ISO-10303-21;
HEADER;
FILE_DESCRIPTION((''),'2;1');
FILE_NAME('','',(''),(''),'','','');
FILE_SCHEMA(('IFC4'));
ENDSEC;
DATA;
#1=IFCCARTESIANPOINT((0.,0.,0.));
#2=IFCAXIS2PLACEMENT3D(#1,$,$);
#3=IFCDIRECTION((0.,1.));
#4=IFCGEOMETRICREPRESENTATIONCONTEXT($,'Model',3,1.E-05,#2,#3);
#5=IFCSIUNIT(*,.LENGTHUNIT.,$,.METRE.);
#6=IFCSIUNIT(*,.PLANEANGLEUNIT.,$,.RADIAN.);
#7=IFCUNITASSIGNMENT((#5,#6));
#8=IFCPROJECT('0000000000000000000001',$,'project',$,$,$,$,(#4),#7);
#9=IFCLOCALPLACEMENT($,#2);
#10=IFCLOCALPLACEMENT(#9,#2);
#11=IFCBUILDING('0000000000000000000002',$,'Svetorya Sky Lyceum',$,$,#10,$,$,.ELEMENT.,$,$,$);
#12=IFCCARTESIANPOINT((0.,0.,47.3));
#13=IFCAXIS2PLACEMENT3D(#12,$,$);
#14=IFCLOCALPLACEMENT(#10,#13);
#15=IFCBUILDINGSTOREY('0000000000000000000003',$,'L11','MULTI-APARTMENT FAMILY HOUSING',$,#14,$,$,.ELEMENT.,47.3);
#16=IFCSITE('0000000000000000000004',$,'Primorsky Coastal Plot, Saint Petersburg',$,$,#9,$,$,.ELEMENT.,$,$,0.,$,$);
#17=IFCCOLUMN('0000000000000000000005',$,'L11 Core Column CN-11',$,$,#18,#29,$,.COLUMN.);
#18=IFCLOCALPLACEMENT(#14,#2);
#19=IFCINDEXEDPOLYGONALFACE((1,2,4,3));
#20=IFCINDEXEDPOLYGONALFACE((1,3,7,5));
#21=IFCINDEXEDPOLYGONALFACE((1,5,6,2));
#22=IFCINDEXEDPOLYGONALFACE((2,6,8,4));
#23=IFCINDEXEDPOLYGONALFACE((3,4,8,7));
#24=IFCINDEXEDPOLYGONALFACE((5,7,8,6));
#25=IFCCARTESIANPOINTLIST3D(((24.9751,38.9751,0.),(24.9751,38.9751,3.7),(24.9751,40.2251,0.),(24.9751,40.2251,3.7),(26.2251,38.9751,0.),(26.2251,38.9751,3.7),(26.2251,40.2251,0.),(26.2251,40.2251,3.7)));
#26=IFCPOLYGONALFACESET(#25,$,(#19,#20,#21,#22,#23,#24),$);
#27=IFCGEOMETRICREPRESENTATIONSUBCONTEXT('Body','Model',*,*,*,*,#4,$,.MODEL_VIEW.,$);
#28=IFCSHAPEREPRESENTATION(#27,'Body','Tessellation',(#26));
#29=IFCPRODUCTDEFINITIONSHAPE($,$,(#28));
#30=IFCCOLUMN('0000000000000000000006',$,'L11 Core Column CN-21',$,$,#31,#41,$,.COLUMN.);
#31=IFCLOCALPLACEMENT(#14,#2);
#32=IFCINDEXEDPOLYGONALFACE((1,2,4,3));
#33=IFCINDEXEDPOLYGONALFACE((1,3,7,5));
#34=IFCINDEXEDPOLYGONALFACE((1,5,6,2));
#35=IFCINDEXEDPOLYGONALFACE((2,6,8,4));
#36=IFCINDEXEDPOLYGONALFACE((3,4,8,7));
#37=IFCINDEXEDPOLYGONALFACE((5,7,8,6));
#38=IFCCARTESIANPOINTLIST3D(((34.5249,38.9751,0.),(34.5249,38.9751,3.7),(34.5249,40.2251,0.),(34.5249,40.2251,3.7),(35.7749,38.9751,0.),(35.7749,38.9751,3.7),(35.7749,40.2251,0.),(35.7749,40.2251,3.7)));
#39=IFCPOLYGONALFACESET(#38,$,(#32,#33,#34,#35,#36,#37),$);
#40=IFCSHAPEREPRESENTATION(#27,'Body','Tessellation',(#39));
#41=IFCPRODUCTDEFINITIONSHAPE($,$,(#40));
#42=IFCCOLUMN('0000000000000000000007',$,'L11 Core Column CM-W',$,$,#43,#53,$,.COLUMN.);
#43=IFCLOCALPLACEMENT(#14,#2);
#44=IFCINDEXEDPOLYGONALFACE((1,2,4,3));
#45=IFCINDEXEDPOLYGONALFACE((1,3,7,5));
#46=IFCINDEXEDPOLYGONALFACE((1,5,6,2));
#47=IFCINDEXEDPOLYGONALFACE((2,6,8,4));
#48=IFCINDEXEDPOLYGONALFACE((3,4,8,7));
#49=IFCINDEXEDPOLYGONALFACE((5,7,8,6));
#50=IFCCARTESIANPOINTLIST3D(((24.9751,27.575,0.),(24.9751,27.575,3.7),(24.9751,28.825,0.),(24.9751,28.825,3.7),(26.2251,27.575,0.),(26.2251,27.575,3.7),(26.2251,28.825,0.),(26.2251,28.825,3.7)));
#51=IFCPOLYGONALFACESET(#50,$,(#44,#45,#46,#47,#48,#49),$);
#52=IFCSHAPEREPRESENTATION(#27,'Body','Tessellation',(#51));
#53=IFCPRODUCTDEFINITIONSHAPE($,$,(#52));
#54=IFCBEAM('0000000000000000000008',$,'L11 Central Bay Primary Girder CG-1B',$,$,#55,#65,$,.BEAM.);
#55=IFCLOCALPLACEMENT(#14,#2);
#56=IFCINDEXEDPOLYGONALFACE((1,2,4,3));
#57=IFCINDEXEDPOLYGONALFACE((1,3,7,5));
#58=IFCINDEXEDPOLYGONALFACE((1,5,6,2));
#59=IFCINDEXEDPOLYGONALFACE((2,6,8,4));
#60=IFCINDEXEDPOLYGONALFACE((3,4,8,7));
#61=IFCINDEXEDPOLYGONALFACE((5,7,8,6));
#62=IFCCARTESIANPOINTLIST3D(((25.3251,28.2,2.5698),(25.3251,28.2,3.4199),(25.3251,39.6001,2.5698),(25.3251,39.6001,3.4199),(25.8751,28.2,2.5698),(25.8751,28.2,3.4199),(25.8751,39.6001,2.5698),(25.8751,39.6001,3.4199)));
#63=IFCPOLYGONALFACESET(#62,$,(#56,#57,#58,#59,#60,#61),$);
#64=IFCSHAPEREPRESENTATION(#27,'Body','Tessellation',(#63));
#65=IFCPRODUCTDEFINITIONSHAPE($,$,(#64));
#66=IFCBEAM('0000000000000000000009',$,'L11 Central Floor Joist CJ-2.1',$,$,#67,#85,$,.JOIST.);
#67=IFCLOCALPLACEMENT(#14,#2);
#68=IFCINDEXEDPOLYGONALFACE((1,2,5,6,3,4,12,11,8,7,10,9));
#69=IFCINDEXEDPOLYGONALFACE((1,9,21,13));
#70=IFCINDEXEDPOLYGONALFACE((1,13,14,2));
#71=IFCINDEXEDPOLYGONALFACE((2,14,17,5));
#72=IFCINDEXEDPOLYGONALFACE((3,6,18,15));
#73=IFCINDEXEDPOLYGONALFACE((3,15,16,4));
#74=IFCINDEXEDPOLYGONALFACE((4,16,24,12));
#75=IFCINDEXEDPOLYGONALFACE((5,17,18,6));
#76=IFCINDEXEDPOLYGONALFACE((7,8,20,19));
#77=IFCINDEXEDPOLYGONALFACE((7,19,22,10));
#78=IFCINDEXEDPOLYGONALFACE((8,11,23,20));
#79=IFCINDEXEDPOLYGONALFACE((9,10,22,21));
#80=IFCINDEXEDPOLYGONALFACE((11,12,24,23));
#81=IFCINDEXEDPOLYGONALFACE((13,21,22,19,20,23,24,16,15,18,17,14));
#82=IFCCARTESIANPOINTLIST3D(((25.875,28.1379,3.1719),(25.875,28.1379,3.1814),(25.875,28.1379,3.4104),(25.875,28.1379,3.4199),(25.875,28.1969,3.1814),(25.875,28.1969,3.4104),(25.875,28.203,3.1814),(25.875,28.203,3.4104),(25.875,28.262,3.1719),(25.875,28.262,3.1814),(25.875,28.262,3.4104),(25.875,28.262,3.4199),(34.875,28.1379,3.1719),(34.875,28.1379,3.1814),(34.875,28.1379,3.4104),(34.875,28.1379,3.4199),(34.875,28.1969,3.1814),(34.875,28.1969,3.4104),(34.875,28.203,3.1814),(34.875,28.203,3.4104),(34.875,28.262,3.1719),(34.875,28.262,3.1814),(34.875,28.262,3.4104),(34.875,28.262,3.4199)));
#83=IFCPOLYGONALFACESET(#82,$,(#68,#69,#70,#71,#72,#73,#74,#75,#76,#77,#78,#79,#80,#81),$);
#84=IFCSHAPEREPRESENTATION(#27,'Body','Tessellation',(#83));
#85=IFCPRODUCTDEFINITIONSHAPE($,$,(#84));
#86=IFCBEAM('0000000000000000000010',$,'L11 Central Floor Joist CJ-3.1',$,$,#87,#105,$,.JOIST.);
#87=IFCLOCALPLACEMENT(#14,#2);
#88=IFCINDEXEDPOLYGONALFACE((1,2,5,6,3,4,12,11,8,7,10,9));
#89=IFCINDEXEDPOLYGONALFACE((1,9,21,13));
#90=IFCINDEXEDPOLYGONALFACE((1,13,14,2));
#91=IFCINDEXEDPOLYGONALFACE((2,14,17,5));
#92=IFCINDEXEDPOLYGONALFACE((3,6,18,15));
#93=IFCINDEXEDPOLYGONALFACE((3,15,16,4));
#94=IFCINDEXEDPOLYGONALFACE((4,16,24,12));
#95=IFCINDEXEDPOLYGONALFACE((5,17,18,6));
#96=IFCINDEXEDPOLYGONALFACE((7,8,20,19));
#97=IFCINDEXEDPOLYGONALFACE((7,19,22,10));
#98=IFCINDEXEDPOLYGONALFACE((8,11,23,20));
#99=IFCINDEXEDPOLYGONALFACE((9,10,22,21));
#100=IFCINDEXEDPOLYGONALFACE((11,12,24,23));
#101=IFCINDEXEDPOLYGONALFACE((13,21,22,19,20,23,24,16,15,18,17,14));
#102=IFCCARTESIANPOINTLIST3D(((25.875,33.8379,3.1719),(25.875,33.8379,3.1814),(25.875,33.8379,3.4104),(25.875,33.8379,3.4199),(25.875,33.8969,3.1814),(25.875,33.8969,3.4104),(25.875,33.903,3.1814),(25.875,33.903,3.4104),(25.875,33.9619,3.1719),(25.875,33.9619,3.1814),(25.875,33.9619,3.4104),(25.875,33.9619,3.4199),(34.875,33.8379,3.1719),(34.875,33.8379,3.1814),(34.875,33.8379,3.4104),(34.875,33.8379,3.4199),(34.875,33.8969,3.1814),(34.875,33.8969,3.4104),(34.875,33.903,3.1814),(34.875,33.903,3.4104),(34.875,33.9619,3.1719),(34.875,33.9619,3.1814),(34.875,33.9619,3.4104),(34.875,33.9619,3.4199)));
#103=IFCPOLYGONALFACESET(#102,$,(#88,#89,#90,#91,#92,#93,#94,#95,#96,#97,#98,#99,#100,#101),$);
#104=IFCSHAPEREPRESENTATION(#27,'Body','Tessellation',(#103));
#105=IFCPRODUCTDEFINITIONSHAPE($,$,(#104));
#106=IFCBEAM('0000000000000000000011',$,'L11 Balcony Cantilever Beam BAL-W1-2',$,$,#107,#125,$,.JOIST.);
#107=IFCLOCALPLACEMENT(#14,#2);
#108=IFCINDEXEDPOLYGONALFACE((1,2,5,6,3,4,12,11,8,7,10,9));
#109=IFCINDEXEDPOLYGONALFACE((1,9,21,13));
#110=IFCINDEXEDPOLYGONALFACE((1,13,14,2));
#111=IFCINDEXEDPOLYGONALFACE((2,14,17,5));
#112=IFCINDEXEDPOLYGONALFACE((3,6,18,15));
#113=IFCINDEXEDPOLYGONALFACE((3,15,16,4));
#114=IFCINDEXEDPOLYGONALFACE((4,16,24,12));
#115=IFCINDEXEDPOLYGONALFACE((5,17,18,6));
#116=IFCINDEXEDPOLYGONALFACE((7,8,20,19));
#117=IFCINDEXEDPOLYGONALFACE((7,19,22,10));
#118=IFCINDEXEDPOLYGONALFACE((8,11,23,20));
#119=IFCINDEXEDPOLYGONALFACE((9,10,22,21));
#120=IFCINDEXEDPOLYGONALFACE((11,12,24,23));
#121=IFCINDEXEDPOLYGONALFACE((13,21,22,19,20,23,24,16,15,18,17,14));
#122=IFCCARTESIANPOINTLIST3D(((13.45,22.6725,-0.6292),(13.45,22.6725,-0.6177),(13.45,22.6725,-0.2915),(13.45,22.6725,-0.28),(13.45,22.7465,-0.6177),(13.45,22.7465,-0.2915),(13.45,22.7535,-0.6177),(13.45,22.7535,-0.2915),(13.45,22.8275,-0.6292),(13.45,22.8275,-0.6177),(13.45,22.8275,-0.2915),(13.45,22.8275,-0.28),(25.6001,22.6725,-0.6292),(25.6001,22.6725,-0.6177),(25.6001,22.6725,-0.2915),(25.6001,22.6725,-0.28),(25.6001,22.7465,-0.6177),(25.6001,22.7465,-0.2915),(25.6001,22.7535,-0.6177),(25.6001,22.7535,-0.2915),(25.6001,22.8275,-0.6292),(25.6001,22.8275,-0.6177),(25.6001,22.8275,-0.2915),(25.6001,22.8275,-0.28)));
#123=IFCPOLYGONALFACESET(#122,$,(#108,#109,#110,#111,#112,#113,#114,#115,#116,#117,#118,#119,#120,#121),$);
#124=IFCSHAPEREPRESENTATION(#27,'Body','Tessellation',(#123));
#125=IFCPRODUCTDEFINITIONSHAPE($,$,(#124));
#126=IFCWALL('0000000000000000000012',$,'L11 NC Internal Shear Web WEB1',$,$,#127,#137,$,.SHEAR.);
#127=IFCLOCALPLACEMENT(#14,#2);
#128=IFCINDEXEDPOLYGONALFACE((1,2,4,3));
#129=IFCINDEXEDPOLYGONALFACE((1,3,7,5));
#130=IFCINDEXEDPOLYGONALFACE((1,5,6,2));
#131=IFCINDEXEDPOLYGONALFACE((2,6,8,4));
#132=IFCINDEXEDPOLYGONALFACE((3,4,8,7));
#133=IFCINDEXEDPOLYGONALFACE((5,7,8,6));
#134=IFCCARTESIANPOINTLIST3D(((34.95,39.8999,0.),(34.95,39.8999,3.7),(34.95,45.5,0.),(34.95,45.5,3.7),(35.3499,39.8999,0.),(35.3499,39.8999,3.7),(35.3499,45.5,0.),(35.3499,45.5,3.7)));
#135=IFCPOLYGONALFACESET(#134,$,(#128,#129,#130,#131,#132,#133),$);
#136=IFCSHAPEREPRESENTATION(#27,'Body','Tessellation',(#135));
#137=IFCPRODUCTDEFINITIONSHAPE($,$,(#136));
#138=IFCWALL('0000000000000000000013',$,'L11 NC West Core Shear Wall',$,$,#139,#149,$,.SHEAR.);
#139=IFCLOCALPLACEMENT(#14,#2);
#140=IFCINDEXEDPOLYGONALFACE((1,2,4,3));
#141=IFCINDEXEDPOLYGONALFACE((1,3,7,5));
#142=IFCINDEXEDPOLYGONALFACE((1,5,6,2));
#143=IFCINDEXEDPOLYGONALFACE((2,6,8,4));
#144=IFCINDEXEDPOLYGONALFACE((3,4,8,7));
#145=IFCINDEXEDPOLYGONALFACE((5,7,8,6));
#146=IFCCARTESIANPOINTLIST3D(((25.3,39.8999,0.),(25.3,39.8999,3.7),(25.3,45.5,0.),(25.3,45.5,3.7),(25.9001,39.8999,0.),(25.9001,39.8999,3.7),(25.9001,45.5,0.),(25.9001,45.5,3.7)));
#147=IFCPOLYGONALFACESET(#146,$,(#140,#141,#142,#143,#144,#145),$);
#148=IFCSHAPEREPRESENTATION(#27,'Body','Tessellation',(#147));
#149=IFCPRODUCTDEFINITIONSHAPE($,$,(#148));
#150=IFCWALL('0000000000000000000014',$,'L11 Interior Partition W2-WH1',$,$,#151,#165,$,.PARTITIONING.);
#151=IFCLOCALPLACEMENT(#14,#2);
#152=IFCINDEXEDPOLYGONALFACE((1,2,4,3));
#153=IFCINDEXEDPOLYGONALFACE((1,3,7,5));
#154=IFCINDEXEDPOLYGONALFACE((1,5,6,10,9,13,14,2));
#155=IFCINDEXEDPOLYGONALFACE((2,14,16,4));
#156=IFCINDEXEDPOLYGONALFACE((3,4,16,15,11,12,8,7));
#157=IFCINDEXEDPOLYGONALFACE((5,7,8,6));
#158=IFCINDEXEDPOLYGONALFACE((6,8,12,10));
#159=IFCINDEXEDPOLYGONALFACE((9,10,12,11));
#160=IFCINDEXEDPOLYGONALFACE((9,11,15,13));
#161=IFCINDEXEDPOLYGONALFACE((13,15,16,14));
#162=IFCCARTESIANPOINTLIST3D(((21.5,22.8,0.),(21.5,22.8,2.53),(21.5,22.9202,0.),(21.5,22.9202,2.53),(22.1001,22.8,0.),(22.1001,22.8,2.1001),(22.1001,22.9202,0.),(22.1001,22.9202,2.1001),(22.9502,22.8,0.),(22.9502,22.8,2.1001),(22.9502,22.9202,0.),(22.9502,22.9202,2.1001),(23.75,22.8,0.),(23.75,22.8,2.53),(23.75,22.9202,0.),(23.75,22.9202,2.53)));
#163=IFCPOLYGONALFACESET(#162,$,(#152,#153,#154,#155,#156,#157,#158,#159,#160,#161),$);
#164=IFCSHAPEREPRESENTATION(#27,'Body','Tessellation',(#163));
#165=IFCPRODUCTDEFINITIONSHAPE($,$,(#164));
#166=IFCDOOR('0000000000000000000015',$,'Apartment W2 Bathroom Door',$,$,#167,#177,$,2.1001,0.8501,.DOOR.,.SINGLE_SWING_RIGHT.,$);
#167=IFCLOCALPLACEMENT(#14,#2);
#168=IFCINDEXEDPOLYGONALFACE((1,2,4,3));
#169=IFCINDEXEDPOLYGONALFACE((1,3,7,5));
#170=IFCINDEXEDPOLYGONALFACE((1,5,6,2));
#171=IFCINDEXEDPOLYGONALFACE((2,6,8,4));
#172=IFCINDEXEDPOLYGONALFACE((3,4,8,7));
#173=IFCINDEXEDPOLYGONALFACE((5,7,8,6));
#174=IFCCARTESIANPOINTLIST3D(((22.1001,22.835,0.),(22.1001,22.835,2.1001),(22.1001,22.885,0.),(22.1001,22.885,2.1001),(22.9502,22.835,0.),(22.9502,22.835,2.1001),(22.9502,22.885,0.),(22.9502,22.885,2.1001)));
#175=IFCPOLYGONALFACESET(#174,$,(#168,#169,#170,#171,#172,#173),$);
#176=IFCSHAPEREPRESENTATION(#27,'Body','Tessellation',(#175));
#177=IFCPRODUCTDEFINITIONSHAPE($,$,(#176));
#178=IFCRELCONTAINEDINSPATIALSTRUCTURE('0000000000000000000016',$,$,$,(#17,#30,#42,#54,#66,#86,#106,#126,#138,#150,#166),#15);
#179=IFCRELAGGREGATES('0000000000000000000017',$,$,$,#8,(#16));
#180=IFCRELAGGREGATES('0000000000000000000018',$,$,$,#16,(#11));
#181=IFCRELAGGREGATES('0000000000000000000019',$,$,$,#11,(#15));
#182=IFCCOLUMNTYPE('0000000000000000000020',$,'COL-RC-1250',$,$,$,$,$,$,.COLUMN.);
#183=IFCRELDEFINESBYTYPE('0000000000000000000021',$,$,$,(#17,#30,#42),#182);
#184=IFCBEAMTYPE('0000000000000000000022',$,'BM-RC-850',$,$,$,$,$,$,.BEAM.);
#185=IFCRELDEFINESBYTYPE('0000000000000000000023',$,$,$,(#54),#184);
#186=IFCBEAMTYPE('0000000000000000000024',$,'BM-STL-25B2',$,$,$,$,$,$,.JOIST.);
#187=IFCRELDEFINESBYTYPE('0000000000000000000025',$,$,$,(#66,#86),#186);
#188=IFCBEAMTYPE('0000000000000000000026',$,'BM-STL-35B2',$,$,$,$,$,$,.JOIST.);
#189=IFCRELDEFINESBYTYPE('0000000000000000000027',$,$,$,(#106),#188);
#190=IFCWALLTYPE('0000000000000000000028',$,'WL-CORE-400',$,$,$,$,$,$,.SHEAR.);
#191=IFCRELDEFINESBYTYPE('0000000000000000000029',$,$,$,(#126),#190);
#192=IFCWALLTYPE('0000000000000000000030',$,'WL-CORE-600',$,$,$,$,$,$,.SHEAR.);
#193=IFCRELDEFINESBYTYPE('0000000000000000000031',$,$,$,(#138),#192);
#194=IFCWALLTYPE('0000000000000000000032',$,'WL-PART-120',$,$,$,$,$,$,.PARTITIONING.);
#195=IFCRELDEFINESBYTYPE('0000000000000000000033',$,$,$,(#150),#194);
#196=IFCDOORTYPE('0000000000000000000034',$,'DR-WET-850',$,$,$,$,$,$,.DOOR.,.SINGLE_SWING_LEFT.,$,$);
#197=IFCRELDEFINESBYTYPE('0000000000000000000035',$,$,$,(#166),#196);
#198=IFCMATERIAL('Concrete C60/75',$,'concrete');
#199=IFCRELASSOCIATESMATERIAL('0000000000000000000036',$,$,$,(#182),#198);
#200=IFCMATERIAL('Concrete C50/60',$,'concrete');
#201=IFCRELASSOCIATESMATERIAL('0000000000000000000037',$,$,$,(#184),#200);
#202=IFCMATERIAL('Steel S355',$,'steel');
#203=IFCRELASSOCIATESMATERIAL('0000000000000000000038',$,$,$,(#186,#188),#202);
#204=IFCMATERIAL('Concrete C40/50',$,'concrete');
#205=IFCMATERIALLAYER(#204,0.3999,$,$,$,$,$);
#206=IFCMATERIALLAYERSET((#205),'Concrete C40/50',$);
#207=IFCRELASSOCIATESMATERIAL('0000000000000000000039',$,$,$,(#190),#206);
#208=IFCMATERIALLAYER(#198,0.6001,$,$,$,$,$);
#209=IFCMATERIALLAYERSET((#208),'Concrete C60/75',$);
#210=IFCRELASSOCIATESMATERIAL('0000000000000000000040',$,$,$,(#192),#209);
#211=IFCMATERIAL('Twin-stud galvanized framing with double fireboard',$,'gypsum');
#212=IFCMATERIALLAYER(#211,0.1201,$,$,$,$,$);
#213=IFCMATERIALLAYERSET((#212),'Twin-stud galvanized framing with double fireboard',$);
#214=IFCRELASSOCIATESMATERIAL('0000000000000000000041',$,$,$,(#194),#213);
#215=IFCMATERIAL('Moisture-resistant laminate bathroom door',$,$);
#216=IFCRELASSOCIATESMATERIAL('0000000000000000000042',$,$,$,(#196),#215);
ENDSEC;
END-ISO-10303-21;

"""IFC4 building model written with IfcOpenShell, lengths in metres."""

from ifc_helpers import new_model, si_unit, direction, frame, frame_2d, origin, origin_2d, place, context, subcontext, project, spatial, rectangle, i_section, extrude, material, layer, layer_set, material_profile, profile_set, type_object, element, fill, save


model = new_model("IFC4")

# Units and contexts
model_context = context("Model", 3, precision=1e-05, world=origin(), true_north=direction((0.0, 1.0)))
body_context = subcontext(model_context, "Body", "Model", "MODEL_VIEW")
ifc_project = project(units=[si_unit("LENGTHUNIT", "METRE"), si_unit("PLANEANGLEUNIT", "RADIAN")], contexts=[model_context])

# Site, building, storey
site_placement = place(None, origin())
site = spatial("IfcSite", under=ifc_project, at=site_placement, Name="Primorsky Coastal Plot, Saint Petersburg", CompositionType="ELEMENT", RefElevation=0.0)
building_placement = place(site_placement, origin())
building = spatial("IfcBuilding", under=site, at=building_placement, Name="Svetorya Sky Lyceum", CompositionType="ELEMENT")
storey_placement = place(building_placement, frame((0.0, 0.0, 47.3)))
storey = spatial("IfcBuildingStorey", under=building, at=storey_placement, Name="L11", Description="MULTI-APARTMENT FAMILY HOUSING", CompositionType="ELEMENT", Elevation=47.3)

# Columns
ifc_material_1 = material(Name="Concrete C60/75", Category="concrete")
ifc_material_profile_1 = material_profile(ifc_material_1, rectangle(XDim=1.25, YDim=1.25, at=origin_2d()), Name="RC COL 1250x1250")
ifc_profile_set_1 = profile_set([ifc_material_profile_1], Name="Concrete C60/75")
column_type = type_object("IfcColumnType", Name="COL-RC-1250", PredefinedType="COLUMN", material=ifc_profile_set_1)
for number, where, z_axis, x_axis, name in (
    (1, (25.6001, 39.6001, 0.0), (0.0, 0.0, 1.0), (1.0, 0.0, 0.0), "L11 Core Column CN-11"),
    (2, (35.1499, 39.6001, 0.0), (0.0, 0.0, 1.0), (1.0, 0.0, 0.0), "L11 Core Column CN-21"),
    (3, (25.6001, 28.2, 0.0), (0.0, 0.0, 1.0), (1.0, 0.0, 0.0), "L11 Core Column CM-W"),
):
    element("IfcColumn", number, at=place(storey_placement, frame(where, z_axis=z_axis, x_axis=x_axis)), inside=storey, type_object=column_type, Name=name, PredefinedType="COLUMN", context=body_context, shape_type="SweptSolid", body=[
        extrude(rectangle(XDim=1.25, YDim=1.25, at=origin_2d()), origin(), (0.0, 0.0, 1.0), 3.7),
    ])

# Beams
ifc_material_2 = material(Name="Concrete C50/60", Category="concrete")
ifc_material_profile_2 = material_profile(ifc_material_2, rectangle(XDim=0.55, YDim=0.8501, at=origin_2d()), Name="RC BEAM 550x850")
ifc_profile_set_2 = profile_set([ifc_material_profile_2], Name="Concrete C50/60")
beam_type_1 = type_object("IfcBeamType", Name="BM-RC-850", PredefinedType="BEAM", material=ifc_profile_set_2)
beam_1_placement = place(storey_placement, frame((25.6001, 28.2, 2.9949), z_axis=(0.0, 1.0, 0.0), x_axis=(-1.0, 0.0, 0.0)))
element("IfcBeam", 4, at=beam_1_placement, inside=storey, type_object=beam_type_1, Name="L11 Central Bay Primary Girder CG-1B", PredefinedType="BEAM", context=body_context, shape_type="SweptSolid", body=[
    extrude(rectangle(XDim=0.55, YDim=0.8501, at=origin_2d()), origin(), (0.0, 0.0, 1.0), 11.4001),
])
ifc_material_3 = material(Name="Steel S355", Category="steel")
ifc_material_profile_3 = material_profile(ifc_material_3, i_section(OverallWidth=0.124, OverallDepth=0.248, WebThickness=0.0061, FlangeThickness=0.0095, at=origin_2d()), Name="GOST 25B2")
ifc_profile_set_3 = profile_set([ifc_material_profile_3], Name="Steel S355")
beam_type_2 = type_object("IfcBeamType", Name="BM-STL-25B2", PredefinedType="JOIST", material=ifc_profile_set_3)
for number, where, z_axis, x_axis, name in (
    (5, (25.875, 28.2, 3.2959), (1.0, 0.0, 0.0), (0.0, 1.0, 0.0), "L11 Central Floor Joist CJ-2.1"),
    (6, (25.875, 33.8999, 3.2959), (1.0, 0.0, 0.0), (0.0, 1.0, 0.0), "L11 Central Floor Joist CJ-3.1"),
):
    element("IfcBeam", number, at=place(storey_placement, frame(where, z_axis=z_axis, x_axis=x_axis)), inside=storey, type_object=beam_type_2, Name=name, PredefinedType="JOIST", context=body_context, shape_type="SweptSolid", body=[
        extrude(i_section(OverallWidth=0.124, OverallDepth=0.248, WebThickness=0.0061, FlangeThickness=0.0095, at=origin_2d()), origin(), (0.0, 0.0, 1.0), 9.0),
    ])
ifc_material_profile_4 = material_profile(ifc_material_3, i_section(OverallWidth=0.155, OverallDepth=0.3491, WebThickness=0.0071, FlangeThickness=0.0115, at=origin_2d()), Name="GOST 35B2")
ifc_profile_set_4 = profile_set([ifc_material_profile_4], Name="Steel S355")
beam_type_3 = type_object("IfcBeamType", Name="BM-STL-35B2", PredefinedType="JOIST", material=ifc_profile_set_4)
beam_2_placement = place(storey_placement, frame((25.6001, 22.75, -0.4546), z_axis=(-1.0, 0.0, 0.0), x_axis=(0.0, -1.0, 0.0)))
element("IfcBeam", 7, at=beam_2_placement, inside=storey, type_object=beam_type_3, Name="L11 Balcony Cantilever Beam BAL-W1-2", PredefinedType="JOIST", context=body_context, shape_type="SweptSolid", body=[
    extrude(i_section(OverallWidth=0.155, OverallDepth=0.3491, WebThickness=0.0071, FlangeThickness=0.0115, at=origin_2d()), origin(), (0.0, 0.0, 1.0), 12.1501),
])

# Walls
ifc_material_4 = material(Name="Concrete C40/50", Category="concrete")
ifc_layer_1 = layer(ifc_material_4, 0.3999)
ifc_layer_set_1 = layer_set([ifc_layer_1], Name="Concrete C40/50")
wall_type_1 = type_object("IfcWallType", Name="WL-CORE-400", PredefinedType="SHEAR", material=ifc_layer_set_1)
wall_1_placement = place(storey_placement, frame((35.1499, 39.8999, 0.0), z_axis=(0.0, 0.0, 1.0), x_axis=(0.0, 1.0, 0.0)))
element("IfcWall", 8, at=wall_1_placement, inside=storey, type_object=wall_type_1, Name="L11 NC Internal Shear Web WEB1", PredefinedType="SHEAR", context=body_context, shape_type="SweptSolid", body=[
    extrude(rectangle(XDim=5.6001, YDim=0.3999, at=frame_2d((2.8, 0.0))), origin(), (0.0, 0.0, 1.0), 3.7),
])
ifc_layer_2 = layer(ifc_material_1, 0.6001)
ifc_layer_set_2 = layer_set([ifc_layer_2], Name="Concrete C60/75")
wall_type_2 = type_object("IfcWallType", Name="WL-CORE-600", PredefinedType="SHEAR", material=ifc_layer_set_2)
wall_2_placement = place(storey_placement, frame((25.6001, 39.8999, 0.0), z_axis=(0.0, 0.0, 1.0), x_axis=(0.0, 1.0, 0.0)))
element("IfcWall", 9, at=wall_2_placement, inside=storey, type_object=wall_type_2, Name="L11 NC West Core Shear Wall", PredefinedType="SHEAR", context=body_context, shape_type="SweptSolid", body=[
    extrude(rectangle(XDim=5.6001, YDim=0.6001, at=frame_2d((2.8, 0.0))), origin(), (0.0, 0.0, 1.0), 3.7),
])

# Wall, opening, door
ifc_material_5 = material(Name="Twin-stud galvanized framing with double fireboard", Category="gypsum")
ifc_layer_3 = layer(ifc_material_5, 0.1201)
ifc_layer_set_3 = layer_set([ifc_layer_3], Name="Twin-stud galvanized framing with double fireboard")
wall_type_3 = type_object("IfcWallType", Name="WL-PART-120", PredefinedType="PARTITIONING", material=ifc_layer_set_3)
wall_3_placement = place(storey_placement, frame((21.5, 22.8601, 0.0), z_axis=(0.0, 0.0, 1.0), x_axis=(1.0, 0.0, 0.0)))
wall_3 = element("IfcWall", 10, at=wall_3_placement, inside=storey, type_object=wall_type_3, Name="L11 Interior Partition W2-WH1", PredefinedType="PARTITIONING", context=body_context, shape_type="SweptSolid", body=[
    extrude(rectangle(XDim=2.25, YDim=0.1201, at=frame_2d((1.125, 0.0))), origin(), (0.0, 0.0, 1.0), 2.53),
])
opening_1_placement = place(wall_3_placement, frame((0.6001, 0.0, 0.0)))
opening_1 = element("IfcOpeningElement", 11, at=opening_1_placement, cuts=wall_3, PredefinedType="OPENING", context=body_context, shape_type="SweptSolid", body=[
    extrude(rectangle(XDim=0.8501, YDim=2.1001, at=frame_2d((0.425, 1.05))), frame((0.0, 0.0701, 0.0), z_axis=(0.0, -1.0, 0.0), x_axis=(1.0, 0.0, 0.0)), (0.0, 0.0, 1.0), 0.1401),
])
ifc_material_6 = material(Name="Moisture-resistant laminate bathroom door")
door_type_1 = type_object("IfcDoorType", Name="DR-WET-850", OperationType="SINGLE_SWING_LEFT", PredefinedType="DOOR", material=ifc_material_6)
door_1_placement = place(opening_1_placement, origin())
door_1 = element("IfcDoor", 12, at=door_1_placement, inside=storey, type_object=door_type_1, Name="Apartment W2 Bathroom Door", OperationType="SINGLE_SWING_RIGHT", OverallHeight=2.1001, OverallWidth=0.8501, PredefinedType="DOOR", context=body_context, shape_type="SweptSolid", body=[
    extrude(rectangle(XDim=0.8501, YDim=2.1001, at=frame_2d((0.425, 1.05))), frame((0.0, 0.0249, 0.0), z_axis=(0.0, -1.0, 0.0), x_axis=(1.0, 0.0, 0.0)), (0.0, 0.0, 1.0), 0.05),
])
fill(opening_1, door_1)

save(model, "model.ifc")
